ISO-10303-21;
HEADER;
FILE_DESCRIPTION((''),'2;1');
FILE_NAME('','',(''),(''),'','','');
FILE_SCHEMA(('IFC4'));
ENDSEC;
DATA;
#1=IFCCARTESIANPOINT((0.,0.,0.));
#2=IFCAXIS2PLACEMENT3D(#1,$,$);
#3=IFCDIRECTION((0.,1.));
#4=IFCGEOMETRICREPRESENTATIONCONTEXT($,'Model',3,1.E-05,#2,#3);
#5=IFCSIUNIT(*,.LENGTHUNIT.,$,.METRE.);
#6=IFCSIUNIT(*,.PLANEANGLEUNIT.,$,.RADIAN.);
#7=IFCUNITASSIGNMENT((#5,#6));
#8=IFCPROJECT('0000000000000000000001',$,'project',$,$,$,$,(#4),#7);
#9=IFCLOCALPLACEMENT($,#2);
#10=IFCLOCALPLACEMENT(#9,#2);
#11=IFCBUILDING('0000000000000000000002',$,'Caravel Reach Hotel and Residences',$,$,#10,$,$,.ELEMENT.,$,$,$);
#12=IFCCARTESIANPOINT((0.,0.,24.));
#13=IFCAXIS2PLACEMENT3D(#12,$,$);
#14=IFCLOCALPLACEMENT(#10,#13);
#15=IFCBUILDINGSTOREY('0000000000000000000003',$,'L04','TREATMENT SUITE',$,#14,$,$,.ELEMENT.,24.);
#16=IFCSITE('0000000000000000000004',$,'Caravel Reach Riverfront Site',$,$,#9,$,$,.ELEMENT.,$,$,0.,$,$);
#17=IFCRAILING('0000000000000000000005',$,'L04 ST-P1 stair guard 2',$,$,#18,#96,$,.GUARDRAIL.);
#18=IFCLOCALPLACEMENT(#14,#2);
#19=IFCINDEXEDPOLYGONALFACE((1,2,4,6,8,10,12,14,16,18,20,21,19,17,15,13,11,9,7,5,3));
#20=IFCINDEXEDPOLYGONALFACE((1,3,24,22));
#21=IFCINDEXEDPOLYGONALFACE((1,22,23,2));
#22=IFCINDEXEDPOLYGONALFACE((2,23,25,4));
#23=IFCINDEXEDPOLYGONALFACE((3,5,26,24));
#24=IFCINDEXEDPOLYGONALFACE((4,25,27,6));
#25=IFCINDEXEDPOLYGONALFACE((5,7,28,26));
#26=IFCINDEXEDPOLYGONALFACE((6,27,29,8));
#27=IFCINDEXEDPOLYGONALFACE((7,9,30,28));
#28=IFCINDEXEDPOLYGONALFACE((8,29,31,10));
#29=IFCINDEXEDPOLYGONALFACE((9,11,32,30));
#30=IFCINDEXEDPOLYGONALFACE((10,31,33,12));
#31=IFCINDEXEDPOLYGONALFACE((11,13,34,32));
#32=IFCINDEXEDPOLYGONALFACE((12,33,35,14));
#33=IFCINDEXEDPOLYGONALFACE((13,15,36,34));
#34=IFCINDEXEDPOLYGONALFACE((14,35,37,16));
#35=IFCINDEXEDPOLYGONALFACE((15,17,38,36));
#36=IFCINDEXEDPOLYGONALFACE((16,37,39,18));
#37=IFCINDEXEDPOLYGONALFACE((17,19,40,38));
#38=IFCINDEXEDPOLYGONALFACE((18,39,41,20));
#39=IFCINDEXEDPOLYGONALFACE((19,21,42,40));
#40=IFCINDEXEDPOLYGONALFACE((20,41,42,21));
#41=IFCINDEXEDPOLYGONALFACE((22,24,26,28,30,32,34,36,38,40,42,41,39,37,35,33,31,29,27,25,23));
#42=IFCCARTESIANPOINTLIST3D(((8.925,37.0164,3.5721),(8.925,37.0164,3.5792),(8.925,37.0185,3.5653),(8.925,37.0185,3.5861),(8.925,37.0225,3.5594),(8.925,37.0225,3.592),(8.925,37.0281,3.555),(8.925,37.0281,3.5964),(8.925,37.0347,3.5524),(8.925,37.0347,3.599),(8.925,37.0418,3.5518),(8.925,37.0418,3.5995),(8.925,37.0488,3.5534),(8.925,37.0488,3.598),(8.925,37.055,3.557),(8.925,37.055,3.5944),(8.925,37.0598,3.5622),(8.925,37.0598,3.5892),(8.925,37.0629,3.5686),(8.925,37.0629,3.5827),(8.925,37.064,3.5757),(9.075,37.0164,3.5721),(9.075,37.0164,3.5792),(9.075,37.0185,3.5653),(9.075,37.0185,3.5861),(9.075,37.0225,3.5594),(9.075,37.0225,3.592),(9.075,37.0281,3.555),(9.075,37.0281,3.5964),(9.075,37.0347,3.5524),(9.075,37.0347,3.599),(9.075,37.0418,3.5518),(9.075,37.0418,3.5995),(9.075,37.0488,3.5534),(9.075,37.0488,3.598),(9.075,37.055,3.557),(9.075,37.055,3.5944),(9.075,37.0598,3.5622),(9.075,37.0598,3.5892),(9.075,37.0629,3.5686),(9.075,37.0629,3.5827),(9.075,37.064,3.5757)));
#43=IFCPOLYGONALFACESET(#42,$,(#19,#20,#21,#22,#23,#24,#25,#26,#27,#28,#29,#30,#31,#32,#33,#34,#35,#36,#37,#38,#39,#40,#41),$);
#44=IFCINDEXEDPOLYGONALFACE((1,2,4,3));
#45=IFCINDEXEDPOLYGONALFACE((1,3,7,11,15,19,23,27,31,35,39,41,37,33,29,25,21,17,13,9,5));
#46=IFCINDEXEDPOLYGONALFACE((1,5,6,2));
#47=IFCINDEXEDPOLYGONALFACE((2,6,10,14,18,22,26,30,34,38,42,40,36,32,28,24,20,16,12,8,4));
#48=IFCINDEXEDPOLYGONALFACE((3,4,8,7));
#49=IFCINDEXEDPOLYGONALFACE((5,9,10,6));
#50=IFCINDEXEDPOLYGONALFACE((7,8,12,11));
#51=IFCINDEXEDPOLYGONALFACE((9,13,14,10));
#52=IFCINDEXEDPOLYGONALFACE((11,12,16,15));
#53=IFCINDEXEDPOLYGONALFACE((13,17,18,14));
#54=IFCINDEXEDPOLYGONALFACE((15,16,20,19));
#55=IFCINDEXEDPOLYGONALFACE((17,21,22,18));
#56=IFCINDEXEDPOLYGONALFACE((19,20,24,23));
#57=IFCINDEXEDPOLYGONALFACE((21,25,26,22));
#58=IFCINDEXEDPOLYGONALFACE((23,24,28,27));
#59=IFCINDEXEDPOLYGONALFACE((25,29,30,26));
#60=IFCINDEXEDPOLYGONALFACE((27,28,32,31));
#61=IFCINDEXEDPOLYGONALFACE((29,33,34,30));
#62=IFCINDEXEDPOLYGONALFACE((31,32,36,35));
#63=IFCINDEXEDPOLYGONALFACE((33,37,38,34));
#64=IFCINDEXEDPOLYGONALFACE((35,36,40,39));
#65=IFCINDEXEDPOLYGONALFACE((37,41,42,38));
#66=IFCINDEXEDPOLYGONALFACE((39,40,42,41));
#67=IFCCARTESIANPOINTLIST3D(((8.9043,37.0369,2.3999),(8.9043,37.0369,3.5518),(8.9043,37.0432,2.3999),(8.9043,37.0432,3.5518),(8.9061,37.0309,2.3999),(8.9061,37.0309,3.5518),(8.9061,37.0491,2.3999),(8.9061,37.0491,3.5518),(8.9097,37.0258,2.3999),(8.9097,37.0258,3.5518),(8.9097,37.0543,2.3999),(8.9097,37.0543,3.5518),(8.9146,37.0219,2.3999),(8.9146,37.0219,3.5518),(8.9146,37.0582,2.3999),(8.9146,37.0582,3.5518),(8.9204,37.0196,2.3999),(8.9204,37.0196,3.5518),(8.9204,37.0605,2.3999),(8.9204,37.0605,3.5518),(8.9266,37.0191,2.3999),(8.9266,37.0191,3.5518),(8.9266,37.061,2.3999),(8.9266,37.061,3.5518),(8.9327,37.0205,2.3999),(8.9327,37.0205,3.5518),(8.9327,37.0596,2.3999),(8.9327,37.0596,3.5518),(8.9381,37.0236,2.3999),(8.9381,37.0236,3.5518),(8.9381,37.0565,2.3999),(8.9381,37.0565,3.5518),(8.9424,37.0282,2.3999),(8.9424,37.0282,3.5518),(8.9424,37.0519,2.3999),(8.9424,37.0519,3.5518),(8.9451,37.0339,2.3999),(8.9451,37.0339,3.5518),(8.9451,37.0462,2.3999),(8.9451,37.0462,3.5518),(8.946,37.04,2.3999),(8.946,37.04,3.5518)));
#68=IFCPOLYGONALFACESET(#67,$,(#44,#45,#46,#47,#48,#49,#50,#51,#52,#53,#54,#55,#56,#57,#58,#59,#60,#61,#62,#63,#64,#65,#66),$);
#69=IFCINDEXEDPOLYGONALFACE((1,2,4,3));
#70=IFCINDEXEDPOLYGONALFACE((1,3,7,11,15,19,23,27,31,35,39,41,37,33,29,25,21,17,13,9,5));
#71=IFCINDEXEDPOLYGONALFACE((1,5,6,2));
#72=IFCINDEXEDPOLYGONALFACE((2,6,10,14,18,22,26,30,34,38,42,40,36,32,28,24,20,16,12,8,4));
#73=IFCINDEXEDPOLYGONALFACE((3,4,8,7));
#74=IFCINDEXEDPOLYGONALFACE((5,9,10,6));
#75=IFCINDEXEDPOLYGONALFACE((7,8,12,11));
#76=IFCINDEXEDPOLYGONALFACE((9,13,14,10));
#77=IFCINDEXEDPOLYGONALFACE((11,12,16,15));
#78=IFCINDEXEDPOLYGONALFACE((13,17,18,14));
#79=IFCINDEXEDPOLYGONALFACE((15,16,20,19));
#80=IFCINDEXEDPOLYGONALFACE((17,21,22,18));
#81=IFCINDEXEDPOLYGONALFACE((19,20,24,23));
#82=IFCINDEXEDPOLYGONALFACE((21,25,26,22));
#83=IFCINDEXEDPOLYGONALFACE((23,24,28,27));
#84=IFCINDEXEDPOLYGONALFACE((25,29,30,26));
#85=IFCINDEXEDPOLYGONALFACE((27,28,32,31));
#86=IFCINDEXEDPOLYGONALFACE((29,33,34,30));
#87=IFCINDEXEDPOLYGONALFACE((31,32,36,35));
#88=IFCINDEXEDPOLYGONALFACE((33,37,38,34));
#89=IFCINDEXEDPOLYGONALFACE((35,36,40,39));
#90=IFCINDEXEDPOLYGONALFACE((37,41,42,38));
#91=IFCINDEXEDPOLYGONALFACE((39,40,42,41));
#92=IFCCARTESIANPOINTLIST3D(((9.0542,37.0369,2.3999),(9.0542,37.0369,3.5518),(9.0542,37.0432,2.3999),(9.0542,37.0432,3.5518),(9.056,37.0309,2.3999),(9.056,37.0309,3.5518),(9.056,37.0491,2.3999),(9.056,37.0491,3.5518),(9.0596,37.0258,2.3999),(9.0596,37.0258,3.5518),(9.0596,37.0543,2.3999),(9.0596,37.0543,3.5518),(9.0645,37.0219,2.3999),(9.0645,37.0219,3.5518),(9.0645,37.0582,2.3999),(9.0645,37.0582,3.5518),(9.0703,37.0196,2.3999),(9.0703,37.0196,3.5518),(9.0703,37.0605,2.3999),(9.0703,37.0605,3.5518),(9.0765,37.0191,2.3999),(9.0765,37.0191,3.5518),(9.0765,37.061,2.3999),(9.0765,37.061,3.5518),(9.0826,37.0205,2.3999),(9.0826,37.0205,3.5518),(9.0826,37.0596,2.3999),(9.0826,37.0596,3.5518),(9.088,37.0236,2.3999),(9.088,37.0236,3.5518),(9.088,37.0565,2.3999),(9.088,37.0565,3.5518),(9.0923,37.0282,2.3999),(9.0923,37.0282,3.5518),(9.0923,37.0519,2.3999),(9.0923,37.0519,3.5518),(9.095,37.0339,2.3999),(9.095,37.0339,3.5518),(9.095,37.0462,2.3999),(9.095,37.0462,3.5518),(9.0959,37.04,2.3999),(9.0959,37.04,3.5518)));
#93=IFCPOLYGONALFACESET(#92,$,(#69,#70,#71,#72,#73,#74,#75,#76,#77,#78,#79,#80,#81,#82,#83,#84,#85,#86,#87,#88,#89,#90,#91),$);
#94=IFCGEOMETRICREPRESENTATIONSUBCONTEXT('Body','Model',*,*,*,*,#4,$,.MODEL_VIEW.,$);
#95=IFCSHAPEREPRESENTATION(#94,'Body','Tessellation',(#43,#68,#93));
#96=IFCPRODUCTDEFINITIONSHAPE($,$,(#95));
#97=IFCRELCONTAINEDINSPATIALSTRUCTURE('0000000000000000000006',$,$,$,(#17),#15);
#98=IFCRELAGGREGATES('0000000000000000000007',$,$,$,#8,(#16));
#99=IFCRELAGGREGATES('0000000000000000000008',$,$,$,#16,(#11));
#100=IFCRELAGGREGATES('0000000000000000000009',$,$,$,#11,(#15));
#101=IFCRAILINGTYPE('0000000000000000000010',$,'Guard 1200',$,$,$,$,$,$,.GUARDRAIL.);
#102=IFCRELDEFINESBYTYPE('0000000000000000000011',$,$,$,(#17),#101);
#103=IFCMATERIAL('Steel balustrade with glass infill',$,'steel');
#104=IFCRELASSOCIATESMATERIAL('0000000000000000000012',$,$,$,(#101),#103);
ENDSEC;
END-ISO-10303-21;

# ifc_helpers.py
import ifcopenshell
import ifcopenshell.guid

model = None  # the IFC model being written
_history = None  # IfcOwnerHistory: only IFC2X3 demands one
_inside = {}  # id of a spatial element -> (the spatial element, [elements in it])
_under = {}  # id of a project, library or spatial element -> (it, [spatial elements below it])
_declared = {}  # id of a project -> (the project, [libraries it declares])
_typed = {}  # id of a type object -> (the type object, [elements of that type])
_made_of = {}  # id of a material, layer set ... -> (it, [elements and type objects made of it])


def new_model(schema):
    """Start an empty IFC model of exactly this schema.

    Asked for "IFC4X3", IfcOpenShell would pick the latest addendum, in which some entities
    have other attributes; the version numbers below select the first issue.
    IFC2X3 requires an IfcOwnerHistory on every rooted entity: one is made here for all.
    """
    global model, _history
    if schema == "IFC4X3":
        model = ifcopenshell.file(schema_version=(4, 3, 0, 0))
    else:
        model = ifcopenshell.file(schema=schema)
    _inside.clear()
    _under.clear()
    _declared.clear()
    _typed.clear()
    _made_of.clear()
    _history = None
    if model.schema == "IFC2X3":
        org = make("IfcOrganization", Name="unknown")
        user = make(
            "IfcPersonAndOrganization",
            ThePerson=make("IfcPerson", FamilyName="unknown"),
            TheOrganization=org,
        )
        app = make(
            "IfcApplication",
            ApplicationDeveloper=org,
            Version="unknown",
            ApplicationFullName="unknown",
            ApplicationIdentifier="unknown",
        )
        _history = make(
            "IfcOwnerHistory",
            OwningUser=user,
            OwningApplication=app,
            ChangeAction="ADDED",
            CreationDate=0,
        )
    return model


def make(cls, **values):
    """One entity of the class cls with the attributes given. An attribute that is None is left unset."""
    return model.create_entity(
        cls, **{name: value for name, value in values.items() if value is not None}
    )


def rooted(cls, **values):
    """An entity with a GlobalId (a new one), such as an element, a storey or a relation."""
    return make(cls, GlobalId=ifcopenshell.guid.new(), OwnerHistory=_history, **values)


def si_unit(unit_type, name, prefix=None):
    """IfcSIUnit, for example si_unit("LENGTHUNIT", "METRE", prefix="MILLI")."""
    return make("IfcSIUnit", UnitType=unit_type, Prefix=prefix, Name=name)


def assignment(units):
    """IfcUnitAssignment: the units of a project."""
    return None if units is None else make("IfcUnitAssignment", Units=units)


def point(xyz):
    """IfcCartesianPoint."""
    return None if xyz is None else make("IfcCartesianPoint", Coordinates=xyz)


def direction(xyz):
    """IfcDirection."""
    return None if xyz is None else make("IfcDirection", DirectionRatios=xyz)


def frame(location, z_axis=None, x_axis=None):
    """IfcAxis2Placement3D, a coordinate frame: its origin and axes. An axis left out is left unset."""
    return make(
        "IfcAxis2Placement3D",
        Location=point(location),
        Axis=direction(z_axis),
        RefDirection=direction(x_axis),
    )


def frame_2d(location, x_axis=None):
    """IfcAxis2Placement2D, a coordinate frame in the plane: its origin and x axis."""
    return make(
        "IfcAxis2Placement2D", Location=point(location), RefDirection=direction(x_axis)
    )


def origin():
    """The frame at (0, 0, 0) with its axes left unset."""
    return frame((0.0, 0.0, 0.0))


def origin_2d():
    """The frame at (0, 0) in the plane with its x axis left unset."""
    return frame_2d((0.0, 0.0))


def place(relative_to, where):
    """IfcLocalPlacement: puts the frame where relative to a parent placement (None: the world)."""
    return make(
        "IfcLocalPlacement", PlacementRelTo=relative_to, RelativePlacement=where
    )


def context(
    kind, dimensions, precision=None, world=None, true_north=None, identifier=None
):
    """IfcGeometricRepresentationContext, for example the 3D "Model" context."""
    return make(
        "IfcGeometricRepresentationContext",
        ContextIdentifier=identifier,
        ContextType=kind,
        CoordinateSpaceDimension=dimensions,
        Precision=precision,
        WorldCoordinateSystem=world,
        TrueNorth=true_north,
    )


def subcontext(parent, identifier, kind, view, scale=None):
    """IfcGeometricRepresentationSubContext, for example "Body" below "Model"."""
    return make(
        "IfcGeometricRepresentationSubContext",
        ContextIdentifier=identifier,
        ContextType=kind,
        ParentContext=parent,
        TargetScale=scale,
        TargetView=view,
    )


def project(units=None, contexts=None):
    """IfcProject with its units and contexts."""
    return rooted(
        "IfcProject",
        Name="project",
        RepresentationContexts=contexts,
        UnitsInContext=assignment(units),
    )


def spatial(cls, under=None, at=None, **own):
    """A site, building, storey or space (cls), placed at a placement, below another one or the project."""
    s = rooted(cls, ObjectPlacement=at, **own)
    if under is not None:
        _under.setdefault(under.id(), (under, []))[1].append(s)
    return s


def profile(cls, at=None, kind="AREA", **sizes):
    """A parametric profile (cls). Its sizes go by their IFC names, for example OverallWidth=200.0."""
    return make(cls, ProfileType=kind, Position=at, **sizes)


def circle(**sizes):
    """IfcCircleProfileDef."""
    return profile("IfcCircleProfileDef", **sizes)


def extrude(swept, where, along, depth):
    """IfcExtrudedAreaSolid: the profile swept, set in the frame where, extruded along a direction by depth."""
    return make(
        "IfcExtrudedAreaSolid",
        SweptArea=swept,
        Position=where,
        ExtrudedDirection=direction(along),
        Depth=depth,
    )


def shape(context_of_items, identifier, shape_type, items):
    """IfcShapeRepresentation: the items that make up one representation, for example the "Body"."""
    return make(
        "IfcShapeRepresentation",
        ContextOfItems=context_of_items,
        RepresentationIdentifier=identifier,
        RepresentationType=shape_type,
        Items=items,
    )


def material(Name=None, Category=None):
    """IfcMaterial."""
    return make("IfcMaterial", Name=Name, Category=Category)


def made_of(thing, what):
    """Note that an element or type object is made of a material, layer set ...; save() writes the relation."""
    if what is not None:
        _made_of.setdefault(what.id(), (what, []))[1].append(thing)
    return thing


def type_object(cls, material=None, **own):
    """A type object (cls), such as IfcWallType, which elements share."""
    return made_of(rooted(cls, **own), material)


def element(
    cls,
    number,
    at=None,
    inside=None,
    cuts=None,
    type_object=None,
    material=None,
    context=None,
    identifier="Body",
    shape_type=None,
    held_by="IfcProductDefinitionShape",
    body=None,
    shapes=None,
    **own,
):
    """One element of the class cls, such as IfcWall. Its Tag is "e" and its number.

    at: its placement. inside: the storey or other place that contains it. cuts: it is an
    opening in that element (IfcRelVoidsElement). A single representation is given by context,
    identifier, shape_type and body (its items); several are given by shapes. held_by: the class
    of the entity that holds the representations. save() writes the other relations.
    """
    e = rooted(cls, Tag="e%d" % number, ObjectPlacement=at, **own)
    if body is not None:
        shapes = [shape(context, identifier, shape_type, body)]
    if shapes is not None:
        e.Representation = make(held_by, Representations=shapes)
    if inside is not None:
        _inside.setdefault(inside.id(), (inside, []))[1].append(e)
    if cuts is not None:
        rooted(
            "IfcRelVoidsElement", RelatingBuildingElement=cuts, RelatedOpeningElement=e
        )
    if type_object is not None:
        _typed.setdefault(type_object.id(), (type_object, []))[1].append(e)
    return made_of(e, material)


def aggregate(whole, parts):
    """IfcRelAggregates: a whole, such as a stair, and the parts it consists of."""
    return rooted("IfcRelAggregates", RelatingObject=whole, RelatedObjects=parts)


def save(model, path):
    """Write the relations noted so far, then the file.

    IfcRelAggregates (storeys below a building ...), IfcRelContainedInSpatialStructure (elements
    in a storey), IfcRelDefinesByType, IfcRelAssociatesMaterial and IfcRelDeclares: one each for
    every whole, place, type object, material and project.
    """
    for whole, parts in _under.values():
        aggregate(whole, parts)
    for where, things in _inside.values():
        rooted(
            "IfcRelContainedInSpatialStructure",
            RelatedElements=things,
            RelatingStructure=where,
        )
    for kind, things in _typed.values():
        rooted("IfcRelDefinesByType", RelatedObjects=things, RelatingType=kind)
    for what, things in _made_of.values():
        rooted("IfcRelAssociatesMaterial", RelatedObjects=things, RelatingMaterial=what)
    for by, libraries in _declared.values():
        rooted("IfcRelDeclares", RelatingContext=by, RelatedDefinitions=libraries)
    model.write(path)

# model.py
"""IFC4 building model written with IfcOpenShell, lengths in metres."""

from ifc_helpers import new_model, si_unit, direction, frame, origin, origin_2d, place, context, subcontext, project, spatial, circle, extrude, material, type_object, element, save


model = new_model("IFC4")

# Units and contexts
model_context = context("Model", 3, precision=1e-05, world=origin(), true_north=direction((0.0, 1.0)))
body_context = subcontext(model_context, "Body", "Model", "MODEL_VIEW")
ifc_project = project(units=[si_unit("LENGTHUNIT", "METRE"), si_unit("PLANEANGLEUNIT", "RADIAN")], contexts=[model_context])

# Site, building, storey
site_placement = place(None, origin())
site = spatial("IfcSite", under=ifc_project, at=site_placement, Name="Caravel Reach Riverfront Site", CompositionType="ELEMENT", RefElevation=0.0)
building_placement = place(site_placement, origin())
building = spatial("IfcBuilding", under=site, at=building_placement, Name="Caravel Reach Hotel and Residences", CompositionType="ELEMENT")
storey_placement = place(building_placement, frame((0.0, 0.0, 24.0)))
storey = spatial("IfcBuildingStorey", under=building, at=storey_placement, Name="L04", Description="TREATMENT SUITE", CompositionType="ELEMENT", Elevation=24.0)

# Railing
ifc_material_1 = material(Name="Steel balustrade with glass infill", Category="steel")
railing_type_1 = type_object("IfcRailingType", Name="Guard 1200", PredefinedType="GUARDRAIL", material=ifc_material_1)
railing_1_placement = place(storey_placement, frame((8.925, 37.04, 2.3999)))
element("IfcRailing", 1, at=railing_1_placement, inside=storey, type_object=railing_type_1, Name="L04 ST-P1 stair guard 2", PredefinedType="GUARDRAIL", context=body_context, shape_type="SweptSolid", body=[
    extrude(circle(Radius=0.0239, at=origin_2d()), frame((0.0, 0.0, 1.1758), z_axis=(1.0, 0.0, 0.0), x_axis=(0.0, 1.0, 0.0)), (0.0, 0.0, 1.0), 0.1499),
    extrude(circle(Radius=0.021, at=origin_2d()), origin(), (0.0, 0.0, 1.0), 1.1519),
    extrude(circle(Radius=0.021, at=origin_2d()), frame((0.1499, 0.0, 0.0)), (0.0, 0.0, 1.0), 1.1519),
])

save(model, "model.ifc")
